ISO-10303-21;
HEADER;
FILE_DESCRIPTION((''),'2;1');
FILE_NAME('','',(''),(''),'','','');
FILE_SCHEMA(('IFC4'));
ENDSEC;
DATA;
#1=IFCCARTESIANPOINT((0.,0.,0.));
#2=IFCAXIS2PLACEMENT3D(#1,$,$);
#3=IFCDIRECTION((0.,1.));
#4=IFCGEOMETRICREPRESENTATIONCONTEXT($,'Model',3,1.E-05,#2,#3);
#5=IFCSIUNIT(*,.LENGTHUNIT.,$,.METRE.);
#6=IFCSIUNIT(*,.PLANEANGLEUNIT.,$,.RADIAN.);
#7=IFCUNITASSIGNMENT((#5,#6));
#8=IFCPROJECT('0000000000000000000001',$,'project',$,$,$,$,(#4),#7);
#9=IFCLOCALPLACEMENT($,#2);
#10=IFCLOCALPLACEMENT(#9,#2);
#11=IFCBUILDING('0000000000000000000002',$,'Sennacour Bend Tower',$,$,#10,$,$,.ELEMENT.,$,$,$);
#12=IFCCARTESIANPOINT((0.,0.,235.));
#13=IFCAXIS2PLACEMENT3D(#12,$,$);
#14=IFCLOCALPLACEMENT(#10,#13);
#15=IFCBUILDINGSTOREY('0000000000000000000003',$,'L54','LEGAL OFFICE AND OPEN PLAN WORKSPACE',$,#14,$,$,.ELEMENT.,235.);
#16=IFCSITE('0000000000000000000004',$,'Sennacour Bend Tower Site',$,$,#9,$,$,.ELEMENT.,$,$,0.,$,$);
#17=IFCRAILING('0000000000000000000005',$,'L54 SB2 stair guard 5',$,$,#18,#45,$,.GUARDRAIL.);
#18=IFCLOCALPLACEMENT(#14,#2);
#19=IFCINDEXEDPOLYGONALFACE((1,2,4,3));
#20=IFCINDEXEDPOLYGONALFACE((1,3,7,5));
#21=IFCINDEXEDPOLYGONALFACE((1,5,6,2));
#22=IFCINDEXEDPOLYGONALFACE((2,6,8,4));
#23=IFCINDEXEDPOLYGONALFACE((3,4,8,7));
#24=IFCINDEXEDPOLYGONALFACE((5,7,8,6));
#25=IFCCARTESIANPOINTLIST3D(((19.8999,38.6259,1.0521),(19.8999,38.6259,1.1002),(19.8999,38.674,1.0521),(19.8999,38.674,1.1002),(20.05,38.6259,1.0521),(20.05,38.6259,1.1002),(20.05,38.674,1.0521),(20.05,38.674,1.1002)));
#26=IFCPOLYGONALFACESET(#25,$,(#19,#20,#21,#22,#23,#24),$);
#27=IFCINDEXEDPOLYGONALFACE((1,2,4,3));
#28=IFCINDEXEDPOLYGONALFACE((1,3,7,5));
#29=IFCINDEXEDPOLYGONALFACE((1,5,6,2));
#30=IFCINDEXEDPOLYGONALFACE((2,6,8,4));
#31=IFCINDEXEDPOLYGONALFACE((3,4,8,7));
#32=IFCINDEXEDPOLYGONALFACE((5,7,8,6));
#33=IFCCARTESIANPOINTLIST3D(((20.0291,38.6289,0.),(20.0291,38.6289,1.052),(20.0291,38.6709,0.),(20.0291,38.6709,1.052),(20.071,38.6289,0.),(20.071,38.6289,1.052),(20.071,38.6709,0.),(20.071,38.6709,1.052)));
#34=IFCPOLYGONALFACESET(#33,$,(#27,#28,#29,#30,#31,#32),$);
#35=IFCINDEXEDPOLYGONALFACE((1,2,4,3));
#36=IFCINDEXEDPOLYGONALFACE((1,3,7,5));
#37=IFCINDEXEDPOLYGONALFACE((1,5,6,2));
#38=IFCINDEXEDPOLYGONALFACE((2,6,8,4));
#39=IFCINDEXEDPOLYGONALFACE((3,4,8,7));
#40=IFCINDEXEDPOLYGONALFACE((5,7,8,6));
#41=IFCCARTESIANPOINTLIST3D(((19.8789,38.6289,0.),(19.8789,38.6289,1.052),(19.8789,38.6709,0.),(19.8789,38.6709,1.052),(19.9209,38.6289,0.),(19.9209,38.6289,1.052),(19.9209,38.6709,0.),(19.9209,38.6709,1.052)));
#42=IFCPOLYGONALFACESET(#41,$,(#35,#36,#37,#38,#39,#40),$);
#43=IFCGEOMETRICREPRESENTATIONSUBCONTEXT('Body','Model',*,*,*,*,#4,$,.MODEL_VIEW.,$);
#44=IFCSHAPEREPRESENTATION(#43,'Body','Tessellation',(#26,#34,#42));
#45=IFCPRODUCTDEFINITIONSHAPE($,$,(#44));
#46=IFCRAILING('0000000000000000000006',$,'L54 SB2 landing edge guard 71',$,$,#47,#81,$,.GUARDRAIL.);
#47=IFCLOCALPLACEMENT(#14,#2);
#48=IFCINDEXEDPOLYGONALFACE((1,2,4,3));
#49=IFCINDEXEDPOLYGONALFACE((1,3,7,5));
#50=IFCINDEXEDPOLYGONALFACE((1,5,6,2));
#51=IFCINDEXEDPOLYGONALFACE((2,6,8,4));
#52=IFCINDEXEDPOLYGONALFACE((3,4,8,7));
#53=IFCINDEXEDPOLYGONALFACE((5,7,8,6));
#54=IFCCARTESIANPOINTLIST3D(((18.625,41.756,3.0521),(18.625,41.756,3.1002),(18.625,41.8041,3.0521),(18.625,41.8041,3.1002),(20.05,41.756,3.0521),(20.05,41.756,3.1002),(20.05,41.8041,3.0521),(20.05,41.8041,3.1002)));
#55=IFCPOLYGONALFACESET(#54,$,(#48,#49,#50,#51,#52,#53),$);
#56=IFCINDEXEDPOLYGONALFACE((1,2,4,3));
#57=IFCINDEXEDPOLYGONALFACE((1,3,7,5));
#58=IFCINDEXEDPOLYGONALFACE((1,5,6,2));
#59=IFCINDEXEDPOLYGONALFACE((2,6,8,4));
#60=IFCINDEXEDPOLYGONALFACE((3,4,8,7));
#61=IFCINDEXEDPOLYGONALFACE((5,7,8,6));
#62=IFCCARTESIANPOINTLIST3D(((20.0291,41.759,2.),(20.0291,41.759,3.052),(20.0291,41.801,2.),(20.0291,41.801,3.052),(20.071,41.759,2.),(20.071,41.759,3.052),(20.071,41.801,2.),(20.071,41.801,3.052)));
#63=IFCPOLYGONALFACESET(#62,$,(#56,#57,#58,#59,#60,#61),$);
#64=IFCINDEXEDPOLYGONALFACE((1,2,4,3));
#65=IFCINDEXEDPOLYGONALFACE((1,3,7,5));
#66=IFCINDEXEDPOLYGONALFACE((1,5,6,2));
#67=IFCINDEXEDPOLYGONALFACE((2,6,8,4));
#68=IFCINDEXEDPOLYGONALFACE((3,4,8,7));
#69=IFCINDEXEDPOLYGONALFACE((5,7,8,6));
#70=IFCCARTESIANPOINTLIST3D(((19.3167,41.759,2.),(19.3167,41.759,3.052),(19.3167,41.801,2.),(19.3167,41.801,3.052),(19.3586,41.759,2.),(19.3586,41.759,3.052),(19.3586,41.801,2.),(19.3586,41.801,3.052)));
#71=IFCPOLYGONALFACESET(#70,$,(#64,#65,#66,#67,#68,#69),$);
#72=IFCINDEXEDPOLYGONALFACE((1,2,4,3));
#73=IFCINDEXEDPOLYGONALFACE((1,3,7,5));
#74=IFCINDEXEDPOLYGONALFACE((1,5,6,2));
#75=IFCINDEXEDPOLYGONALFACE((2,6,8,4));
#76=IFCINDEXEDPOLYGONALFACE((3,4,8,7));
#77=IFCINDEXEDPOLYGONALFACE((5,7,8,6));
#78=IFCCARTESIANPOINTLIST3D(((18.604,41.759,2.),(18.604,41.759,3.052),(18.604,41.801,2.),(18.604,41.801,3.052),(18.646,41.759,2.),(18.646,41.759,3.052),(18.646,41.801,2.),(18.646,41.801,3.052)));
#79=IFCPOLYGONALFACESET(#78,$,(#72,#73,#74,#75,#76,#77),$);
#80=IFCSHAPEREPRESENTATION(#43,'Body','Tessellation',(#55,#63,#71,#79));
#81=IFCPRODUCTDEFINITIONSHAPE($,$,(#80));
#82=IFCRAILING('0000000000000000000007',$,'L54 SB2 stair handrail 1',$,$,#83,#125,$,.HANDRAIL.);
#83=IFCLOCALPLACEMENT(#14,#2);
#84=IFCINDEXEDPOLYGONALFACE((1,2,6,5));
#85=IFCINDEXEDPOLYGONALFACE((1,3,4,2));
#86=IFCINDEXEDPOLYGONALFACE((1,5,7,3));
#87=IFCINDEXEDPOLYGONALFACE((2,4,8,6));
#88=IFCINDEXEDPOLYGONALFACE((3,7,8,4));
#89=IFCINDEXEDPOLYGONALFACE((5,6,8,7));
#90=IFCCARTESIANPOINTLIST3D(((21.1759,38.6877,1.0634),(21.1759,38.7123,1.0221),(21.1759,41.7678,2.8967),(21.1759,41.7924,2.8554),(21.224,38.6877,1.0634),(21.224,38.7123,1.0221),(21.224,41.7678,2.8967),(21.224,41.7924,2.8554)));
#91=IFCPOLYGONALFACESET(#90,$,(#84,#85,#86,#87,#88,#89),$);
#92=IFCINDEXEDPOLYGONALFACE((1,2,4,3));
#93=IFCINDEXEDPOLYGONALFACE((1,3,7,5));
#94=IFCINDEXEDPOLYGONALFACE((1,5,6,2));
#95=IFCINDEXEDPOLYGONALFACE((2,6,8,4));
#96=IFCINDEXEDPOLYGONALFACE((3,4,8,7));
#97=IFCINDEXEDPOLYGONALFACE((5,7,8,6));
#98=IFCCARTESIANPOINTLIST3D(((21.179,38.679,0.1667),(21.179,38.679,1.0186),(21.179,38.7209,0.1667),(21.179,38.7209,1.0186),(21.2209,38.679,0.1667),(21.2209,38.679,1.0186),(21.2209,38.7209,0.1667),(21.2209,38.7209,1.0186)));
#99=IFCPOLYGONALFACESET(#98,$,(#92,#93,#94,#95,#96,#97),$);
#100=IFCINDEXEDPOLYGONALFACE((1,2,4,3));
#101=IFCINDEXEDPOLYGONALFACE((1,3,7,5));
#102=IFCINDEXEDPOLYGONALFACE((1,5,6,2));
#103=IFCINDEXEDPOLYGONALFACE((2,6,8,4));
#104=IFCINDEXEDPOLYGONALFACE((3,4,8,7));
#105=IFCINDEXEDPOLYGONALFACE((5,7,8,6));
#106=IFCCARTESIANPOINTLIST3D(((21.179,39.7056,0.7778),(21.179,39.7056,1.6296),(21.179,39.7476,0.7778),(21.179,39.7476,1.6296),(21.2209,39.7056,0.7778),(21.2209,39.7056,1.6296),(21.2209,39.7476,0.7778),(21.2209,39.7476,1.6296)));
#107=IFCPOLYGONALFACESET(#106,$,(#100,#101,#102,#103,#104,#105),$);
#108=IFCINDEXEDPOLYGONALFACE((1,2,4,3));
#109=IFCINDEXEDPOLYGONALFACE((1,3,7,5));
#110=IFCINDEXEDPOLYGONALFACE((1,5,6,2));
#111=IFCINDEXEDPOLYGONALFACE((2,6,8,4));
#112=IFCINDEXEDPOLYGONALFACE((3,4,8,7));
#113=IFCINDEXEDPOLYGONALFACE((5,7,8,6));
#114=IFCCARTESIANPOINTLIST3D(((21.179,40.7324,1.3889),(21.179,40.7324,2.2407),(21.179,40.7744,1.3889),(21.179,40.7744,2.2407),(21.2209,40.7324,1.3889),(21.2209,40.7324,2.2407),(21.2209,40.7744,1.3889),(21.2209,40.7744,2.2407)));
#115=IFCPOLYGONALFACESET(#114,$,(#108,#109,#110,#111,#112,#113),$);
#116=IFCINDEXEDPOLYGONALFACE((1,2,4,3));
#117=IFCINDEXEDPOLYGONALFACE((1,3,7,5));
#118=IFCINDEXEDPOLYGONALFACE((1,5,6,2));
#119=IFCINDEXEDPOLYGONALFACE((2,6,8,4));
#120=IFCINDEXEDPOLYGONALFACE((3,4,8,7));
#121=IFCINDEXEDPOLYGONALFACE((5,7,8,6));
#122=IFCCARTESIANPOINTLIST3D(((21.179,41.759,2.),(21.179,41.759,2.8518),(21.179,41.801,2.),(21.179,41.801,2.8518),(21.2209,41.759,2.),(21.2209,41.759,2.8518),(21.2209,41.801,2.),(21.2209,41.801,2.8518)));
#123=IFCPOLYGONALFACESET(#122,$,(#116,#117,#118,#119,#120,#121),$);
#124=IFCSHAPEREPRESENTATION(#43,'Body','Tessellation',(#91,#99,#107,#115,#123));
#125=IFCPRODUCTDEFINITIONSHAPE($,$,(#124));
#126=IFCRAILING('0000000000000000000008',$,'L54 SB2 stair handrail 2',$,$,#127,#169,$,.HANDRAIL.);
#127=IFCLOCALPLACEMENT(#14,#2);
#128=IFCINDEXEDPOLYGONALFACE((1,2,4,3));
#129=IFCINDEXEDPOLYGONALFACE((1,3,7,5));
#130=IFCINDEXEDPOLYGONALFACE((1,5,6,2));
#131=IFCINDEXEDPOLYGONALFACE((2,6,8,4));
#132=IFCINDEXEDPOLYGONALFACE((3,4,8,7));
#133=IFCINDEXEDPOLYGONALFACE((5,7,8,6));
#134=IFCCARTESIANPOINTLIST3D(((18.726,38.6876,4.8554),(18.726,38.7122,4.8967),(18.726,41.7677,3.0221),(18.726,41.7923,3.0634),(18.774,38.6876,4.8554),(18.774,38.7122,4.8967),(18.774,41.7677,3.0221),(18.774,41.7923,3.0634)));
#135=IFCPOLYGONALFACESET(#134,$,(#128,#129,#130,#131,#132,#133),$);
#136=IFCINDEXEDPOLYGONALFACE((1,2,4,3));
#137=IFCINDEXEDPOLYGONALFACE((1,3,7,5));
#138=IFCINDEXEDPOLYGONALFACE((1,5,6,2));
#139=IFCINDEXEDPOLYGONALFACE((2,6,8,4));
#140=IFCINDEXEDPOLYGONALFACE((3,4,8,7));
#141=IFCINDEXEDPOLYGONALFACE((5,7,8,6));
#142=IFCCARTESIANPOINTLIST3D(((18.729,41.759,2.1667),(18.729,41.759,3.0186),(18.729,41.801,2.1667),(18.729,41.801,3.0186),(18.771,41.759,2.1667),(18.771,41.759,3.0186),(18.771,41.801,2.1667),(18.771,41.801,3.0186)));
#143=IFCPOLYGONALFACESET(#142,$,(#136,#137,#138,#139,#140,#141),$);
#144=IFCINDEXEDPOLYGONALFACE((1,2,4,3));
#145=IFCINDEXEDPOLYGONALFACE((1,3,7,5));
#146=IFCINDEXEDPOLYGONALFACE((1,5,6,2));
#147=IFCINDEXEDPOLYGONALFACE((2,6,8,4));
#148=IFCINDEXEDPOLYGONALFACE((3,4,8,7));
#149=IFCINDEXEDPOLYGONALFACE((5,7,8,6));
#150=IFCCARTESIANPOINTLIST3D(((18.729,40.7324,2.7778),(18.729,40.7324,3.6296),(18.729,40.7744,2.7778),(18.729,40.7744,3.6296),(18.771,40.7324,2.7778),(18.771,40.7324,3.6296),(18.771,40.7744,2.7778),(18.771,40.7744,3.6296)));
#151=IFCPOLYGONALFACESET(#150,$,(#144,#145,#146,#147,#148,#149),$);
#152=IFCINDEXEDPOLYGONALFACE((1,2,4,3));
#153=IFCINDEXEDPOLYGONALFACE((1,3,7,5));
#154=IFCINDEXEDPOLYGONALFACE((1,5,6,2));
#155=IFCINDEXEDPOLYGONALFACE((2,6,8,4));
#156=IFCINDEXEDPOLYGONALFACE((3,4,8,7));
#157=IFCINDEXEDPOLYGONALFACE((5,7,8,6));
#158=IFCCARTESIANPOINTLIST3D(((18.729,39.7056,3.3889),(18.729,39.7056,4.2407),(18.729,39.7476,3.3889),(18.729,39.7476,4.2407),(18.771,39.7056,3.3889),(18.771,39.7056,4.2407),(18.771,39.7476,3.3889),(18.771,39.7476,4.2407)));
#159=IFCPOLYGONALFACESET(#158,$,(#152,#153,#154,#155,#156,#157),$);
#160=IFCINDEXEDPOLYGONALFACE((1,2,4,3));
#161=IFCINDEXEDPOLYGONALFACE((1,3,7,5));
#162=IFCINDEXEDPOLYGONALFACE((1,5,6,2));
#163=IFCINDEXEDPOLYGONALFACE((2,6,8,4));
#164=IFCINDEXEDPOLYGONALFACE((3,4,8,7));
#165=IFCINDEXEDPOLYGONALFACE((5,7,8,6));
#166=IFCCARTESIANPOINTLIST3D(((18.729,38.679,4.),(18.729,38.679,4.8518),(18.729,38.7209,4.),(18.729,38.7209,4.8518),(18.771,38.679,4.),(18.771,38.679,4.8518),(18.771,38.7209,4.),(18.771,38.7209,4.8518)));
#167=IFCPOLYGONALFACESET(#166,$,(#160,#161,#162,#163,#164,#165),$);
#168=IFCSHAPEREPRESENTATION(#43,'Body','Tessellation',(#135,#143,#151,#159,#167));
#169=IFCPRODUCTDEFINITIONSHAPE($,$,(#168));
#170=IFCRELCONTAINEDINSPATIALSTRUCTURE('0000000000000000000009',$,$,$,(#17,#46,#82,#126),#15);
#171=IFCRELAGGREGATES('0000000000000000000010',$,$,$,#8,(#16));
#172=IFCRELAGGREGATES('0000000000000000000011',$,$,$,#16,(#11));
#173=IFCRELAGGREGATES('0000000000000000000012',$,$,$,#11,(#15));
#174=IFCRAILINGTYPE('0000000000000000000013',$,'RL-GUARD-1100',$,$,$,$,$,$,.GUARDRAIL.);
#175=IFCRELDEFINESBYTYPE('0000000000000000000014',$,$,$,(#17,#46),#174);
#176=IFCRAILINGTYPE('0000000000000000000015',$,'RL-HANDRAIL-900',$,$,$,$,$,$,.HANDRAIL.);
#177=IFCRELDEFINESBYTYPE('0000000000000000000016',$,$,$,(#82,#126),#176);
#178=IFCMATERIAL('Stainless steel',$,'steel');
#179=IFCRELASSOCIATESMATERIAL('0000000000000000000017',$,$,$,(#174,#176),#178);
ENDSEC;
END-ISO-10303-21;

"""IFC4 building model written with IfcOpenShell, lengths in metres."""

from ifc_helpers import new_model, si_unit, direction, frame, origin, origin_2d, place, context, subcontext, project, spatial, rectangle, extrude, material, type_object, element, save


model = new_model("IFC4")

# Units and contexts
model_context = context("Model", 3, precision=1e-05, world=origin(), true_north=direction((0.0, 1.0)))
body_context = subcontext(model_context, "Body", "Model", "MODEL_VIEW")
ifc_project = project(units=[si_unit("LENGTHUNIT", "METRE"), si_unit("PLANEANGLEUNIT", "RADIAN")], contexts=[model_context])

# Site, building, storey
site_placement = place(None, origin())
site = spatial("IfcSite", under=ifc_project, at=site_placement, Name="Sennacour Bend Tower Site", CompositionType="ELEMENT", RefElevation=0.0)
building_placement = place(site_placement, origin())
building = spatial("IfcBuilding", under=site, at=building_placement, Name="Sennacour Bend Tower", CompositionType="ELEMENT")
storey_placement = place(building_placement, frame((0.0, 0.0, 235.0)))
storey = spatial("IfcBuildingStorey", under=building, at=storey_placement, Name="L54", Description="LEGAL OFFICE AND OPEN PLAN WORKSPACE", CompositionType="ELEMENT", Elevation=235.0)

# Shared definitions
ifc_material_1 = material(Name="Stainless steel", Category="steel")

# Railings
railing_type_1 = type_object("IfcRailingType", Name="RL-GUARD-1100", PredefinedType="GUARDRAIL", material=ifc_material_1)
railing_1_placement = place(storey_placement, frame((20.05, 38.6499, 0.0)))
element("IfcRailing", 1, at=railing_1_placement, inside=storey, type_object=railing_type_1, Name="L54 SB2 stair guard 5", PredefinedType="GUARDRAIL", context=body_context, shape_type="SweptSolid", body=[
    extrude(rectangle(XDim=0.0481, YDim=0.0481, at=origin_2d()), frame((0.0, 0.0, 1.0762), z_axis=(-1.0, 0.0, 0.0), x_axis=(0.0, -1.0, 0.0)), (0.0, 0.0, 1.0), 0.1501),
    extrude(rectangle(XDim=0.042, YDim=0.042, at=origin_2d()), origin(), (0.0, 0.0, 1.0), 1.052),
    extrude(rectangle(XDim=0.042, YDim=0.042, at=origin_2d()), frame((-0.1501, 0.0, 0.0)), (0.0, 0.0, 1.0), 1.052),
])
railing_2_placement = place(storey_placement, frame((20.05, 41.78, 2.0)))
element("IfcRailing", 2, at=railing_2_placement, inside=storey, type_object=railing_type_1, Name="L54 SB2 landing edge guard 71", PredefinedType="GUARDRAIL", context=body_context, shape_type="SweptSolid", body=[
    extrude(rectangle(XDim=0.0481, YDim=0.0481, at=origin_2d()), frame((0.0, 0.0, 1.0762), z_axis=(-1.0, 0.0, 0.0), x_axis=(0.0, -1.0, 0.0)), (0.0, 0.0, 1.0), 1.425),
    extrude(rectangle(XDim=0.042, YDim=0.042, at=origin_2d()), origin(), (0.0, 0.0, 1.0), 1.052),
    extrude(rectangle(XDim=0.042, YDim=0.042, at=origin_2d()), frame((-0.7124, 0.0, 0.0)), (0.0, 0.0, 1.0), 1.052),
    extrude(rectangle(XDim=0.042, YDim=0.042, at=origin_2d()), frame((-1.425, 0.0, 0.0)), (0.0, 0.0, 1.0), 1.052),
])
railing_type_2 = type_object("IfcRailingType", Name="RL-HANDRAIL-900", PredefinedType="HANDRAIL", material=ifc_material_1)
railing_3_placement = place(storey_placement, frame((21.2, 38.7, 0.1667)))
element("IfcRailing", 3, at=railing_3_placement, inside=storey, type_object=railing_type_2, Name="L54 SB2 stair handrail 1", PredefinedType="HANDRAIL", context=body_context, shape_type="SweptSolid", body=[
    extrude(rectangle(XDim=0.0481, YDim=0.0481, at=origin_2d()), frame((0.0, 0.0, 0.876), z_axis=(0.0, 0.859309, 0.511458), x_axis=(-1.0, 0.0, 0.0)), (0.0, 0.0, 1.0), 3.5845),
    extrude(rectangle(XDim=0.042, YDim=0.042, at=origin_2d()), origin(), (0.0, 0.0, 1.0), 0.8518),
    extrude(rectangle(XDim=0.042, YDim=0.042, at=origin_2d()), frame((0.0, 1.0266, 0.6111)), (0.0, 0.0, 1.0), 0.8518),
    extrude(rectangle(XDim=0.042, YDim=0.042, at=origin_2d()), frame((0.0, 2.0535, 1.2222)), (0.0, 0.0, 1.0), 0.8518),
    extrude(rectangle(XDim=0.042, YDim=0.042, at=origin_2d()), frame((0.0, 3.0801, 1.8333)), (0.0, 0.0, 1.0), 0.8518),
])
railing_4_placement = place(storey_placement, frame((18.75, 41.78, 2.1667)))
element("IfcRailing", 4, at=railing_4_placement, inside=storey, type_object=railing_type_2, Name="L54 SB2 stair handrail 2", PredefinedType="HANDRAIL", context=body_context, shape_type="SweptSolid", body=[
    extrude(rectangle(XDim=0.0481, YDim=0.0481, at=origin_2d()), frame((0.0, 0.0, 0.876), z_axis=(0.0, -0.859309, 0.511458), x_axis=(1.0, 0.0, 0.0)), (0.0, 0.0, 1.0), 3.5845),
    extrude(rectangle(XDim=0.042, YDim=0.042, at=origin_2d()), origin(), (0.0, 0.0, 1.0), 0.8518),
    extrude(rectangle(XDim=0.042, YDim=0.042, at=origin_2d()), frame((0.0, -1.0266, 0.6111)), (0.0, 0.0, 1.0), 0.8518),
    extrude(rectangle(XDim=0.042, YDim=0.042, at=origin_2d()), frame((0.0, -2.0535, 1.2222)), (0.0, 0.0, 1.0), 0.8518),
    extrude(rectangle(XDim=0.042, YDim=0.042, at=origin_2d()), frame((0.0, -3.0801, 1.8333)), (0.0, 0.0, 1.0), 0.8518),
])

save(model, "model.ifc")
